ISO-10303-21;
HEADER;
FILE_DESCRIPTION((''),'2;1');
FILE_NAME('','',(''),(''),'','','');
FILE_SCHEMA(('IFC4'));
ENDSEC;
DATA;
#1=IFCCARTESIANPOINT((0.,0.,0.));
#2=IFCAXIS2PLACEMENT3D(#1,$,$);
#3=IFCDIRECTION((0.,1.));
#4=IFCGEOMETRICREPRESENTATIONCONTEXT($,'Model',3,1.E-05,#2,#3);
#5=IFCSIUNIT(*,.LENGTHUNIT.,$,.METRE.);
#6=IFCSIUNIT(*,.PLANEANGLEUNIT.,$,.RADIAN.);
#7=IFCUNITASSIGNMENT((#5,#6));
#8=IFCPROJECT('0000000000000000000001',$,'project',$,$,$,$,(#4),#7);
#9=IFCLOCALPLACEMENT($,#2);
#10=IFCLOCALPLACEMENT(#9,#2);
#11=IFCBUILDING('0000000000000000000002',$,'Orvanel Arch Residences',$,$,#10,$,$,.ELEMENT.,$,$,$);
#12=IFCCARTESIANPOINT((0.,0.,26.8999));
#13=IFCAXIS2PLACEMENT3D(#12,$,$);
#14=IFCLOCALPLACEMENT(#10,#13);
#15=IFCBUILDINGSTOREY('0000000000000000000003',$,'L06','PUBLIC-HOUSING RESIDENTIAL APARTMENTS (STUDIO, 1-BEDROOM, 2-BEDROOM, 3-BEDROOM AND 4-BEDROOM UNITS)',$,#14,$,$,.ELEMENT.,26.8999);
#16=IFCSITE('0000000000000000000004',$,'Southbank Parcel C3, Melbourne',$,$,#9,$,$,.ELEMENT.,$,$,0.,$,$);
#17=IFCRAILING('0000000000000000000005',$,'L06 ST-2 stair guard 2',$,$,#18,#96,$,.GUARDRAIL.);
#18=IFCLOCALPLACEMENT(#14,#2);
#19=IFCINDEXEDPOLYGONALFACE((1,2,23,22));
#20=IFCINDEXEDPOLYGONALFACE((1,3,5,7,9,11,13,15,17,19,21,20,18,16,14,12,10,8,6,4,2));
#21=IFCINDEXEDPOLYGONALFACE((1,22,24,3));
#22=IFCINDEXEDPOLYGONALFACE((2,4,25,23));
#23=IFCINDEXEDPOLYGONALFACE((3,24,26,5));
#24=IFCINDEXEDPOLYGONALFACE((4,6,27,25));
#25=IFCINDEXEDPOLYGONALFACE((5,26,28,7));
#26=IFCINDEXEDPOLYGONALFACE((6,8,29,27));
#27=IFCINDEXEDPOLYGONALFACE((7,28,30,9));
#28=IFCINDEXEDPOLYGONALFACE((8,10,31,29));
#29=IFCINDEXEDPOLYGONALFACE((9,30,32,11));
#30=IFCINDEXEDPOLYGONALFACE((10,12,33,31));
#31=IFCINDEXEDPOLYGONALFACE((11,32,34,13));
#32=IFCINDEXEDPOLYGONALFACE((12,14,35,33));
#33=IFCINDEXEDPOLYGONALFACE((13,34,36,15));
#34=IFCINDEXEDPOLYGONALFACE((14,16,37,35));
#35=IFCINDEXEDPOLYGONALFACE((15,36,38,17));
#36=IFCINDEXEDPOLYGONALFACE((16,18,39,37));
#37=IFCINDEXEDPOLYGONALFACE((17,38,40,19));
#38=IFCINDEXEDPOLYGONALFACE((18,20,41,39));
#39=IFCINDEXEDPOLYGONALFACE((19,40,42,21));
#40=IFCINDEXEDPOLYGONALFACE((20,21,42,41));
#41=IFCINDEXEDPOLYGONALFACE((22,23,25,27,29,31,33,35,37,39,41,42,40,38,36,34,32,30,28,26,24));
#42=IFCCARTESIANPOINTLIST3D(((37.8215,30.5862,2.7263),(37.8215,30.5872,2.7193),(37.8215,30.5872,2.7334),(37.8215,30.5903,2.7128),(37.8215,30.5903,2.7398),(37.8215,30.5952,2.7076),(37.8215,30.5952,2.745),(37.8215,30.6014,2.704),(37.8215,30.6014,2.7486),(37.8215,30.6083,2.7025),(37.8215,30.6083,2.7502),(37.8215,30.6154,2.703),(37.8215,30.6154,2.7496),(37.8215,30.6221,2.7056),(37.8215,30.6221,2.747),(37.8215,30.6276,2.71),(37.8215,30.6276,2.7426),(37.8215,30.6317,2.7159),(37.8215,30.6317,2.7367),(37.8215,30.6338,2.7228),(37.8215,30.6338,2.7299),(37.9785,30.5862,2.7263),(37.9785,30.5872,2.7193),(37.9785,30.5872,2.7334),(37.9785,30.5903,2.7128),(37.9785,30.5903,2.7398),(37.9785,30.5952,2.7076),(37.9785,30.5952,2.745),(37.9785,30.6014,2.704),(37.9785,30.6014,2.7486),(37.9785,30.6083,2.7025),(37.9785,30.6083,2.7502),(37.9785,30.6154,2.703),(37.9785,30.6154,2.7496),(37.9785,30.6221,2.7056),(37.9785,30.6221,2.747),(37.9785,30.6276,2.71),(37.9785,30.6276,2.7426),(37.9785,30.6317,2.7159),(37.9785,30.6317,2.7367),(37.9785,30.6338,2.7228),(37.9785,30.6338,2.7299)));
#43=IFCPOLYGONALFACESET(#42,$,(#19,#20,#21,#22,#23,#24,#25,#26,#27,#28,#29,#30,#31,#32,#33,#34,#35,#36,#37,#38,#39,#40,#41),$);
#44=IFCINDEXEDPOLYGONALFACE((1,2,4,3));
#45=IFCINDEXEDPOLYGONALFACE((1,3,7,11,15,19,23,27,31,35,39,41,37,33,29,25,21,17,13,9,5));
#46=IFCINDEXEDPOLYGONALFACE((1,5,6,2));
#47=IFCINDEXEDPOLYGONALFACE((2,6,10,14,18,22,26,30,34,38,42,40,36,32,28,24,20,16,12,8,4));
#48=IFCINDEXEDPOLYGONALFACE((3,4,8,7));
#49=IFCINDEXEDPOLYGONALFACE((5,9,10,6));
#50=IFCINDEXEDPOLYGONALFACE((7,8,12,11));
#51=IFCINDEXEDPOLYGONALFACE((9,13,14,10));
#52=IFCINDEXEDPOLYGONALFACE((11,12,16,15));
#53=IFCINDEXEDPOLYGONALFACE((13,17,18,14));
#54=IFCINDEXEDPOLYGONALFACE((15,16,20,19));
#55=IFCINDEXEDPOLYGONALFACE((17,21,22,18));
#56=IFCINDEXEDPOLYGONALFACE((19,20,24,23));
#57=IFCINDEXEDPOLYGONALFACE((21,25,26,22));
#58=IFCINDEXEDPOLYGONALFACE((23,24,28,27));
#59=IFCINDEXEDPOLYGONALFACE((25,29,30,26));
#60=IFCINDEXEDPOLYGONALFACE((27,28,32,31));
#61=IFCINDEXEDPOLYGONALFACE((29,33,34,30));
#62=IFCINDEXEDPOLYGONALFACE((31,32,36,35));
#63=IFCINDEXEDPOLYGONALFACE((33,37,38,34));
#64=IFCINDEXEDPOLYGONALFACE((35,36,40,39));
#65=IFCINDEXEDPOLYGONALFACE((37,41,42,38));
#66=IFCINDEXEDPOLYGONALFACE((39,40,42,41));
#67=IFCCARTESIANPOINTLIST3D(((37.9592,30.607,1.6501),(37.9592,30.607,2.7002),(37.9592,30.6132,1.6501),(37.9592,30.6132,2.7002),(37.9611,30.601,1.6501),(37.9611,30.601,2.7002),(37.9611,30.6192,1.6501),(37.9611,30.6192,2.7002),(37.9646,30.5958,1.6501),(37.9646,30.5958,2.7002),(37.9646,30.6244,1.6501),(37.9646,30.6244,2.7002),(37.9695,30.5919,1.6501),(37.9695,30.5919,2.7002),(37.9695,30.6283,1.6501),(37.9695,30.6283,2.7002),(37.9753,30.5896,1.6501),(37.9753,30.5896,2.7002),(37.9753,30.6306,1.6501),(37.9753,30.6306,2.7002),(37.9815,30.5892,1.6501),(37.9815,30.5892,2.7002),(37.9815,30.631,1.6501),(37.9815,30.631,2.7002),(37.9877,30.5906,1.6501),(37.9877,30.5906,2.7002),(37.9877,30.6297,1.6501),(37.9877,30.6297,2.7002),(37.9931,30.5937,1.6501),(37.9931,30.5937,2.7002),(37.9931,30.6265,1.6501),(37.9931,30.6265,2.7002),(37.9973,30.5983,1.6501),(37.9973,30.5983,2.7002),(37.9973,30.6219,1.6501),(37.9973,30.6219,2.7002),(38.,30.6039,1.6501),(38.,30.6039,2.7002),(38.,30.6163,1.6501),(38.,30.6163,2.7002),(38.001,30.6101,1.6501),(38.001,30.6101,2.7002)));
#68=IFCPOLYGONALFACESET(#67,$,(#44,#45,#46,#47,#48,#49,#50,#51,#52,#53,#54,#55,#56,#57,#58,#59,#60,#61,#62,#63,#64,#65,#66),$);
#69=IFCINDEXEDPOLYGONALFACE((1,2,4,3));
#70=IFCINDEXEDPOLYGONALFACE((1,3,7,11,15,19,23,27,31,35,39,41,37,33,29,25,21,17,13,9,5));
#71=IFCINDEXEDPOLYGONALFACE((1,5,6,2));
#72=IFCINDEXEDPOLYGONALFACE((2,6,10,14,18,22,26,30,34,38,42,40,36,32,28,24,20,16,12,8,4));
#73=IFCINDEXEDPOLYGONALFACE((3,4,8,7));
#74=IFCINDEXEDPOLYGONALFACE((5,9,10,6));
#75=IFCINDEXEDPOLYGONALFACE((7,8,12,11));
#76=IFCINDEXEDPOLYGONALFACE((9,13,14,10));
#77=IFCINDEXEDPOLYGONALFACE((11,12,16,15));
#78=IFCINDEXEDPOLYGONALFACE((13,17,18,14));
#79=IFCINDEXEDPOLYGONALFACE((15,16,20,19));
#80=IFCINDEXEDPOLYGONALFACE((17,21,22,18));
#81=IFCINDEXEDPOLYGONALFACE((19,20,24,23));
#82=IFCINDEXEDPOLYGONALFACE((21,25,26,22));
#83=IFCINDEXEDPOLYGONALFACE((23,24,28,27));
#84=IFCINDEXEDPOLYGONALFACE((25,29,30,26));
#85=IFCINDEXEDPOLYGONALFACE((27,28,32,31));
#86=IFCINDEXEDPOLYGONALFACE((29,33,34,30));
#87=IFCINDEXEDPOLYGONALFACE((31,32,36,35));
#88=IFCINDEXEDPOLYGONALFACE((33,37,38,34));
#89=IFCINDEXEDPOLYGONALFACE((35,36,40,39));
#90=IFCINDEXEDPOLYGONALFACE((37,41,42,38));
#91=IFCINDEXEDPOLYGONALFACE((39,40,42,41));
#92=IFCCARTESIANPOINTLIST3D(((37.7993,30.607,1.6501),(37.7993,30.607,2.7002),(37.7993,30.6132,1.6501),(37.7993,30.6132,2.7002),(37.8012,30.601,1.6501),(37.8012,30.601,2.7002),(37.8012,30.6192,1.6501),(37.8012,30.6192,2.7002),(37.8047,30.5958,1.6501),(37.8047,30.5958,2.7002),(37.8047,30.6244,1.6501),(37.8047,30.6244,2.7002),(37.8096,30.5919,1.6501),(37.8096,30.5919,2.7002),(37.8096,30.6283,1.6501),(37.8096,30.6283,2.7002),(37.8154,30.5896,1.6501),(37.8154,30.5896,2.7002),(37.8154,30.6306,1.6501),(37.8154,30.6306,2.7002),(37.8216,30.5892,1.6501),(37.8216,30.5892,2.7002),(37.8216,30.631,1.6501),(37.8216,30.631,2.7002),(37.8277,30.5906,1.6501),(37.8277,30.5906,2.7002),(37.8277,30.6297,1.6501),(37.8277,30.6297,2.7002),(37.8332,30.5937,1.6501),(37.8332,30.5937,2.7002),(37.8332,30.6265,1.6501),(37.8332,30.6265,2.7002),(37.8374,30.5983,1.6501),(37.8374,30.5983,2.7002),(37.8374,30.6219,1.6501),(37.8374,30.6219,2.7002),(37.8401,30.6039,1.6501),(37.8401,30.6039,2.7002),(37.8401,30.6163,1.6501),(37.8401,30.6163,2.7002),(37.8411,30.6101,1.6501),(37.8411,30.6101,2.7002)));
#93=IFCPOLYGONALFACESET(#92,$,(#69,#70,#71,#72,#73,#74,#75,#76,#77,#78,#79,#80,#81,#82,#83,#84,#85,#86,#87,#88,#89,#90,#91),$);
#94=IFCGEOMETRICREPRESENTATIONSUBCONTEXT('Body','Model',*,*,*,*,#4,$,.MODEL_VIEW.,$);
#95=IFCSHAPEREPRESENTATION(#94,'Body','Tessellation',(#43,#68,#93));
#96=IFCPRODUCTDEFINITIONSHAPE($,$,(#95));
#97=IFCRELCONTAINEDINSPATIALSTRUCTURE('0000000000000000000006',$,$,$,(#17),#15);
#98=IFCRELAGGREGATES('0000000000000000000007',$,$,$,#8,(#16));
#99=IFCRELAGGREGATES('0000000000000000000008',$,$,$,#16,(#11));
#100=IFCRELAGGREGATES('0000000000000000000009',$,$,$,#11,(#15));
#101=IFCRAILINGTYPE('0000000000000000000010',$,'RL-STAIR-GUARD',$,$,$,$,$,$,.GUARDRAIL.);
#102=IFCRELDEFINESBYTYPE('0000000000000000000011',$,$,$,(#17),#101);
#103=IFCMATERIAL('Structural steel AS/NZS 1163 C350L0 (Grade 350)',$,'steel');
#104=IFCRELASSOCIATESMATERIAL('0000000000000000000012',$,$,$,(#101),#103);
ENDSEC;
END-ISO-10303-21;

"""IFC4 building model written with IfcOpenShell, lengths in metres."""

from ifc_helpers import new_model, si_unit, direction, frame, origin, origin_2d, place, context, subcontext, project, spatial, circle, extrude, material, type_object, element, save


model = new_model("IFC4")

# Units and contexts
model_context = context("Model", 3, precision=1e-05, world=origin(), true_north=direction((0.0, 1.0)))
body_context = subcontext(model_context, "Body", "Model", "MODEL_VIEW")
ifc_project = project(units=[si_unit("LENGTHUNIT", "METRE"), si_unit("PLANEANGLEUNIT", "RADIAN")], contexts=[model_context])

# Site, building, storey
site_placement = place(None, origin())
site = spatial("IfcSite", under=ifc_project, at=site_placement, Name="Southbank Parcel C3, Melbourne", CompositionType="ELEMENT", RefElevation=0.0)
building_placement = place(site_placement, origin())
building = spatial("IfcBuilding", under=site, at=building_placement, Name="Orvanel Arch Residences", CompositionType="ELEMENT")
storey_placement = place(building_placement, frame((0.0, 0.0, 26.8999)))
storey = spatial("IfcBuildingStorey", under=building, at=storey_placement, Name="L06", Description="PUBLIC-HOUSING RESIDENTIAL APARTMENTS (STUDIO, 1-BEDROOM, 2-BEDROOM, 3-BEDROOM AND 4-BEDROOM UNITS)", CompositionType="ELEMENT", Elevation=26.8999)

# Railing
ifc_material_1 = material(Name="Structural steel AS/NZS 1163 C350L0 (Grade 350)", Category="steel")
railing_type_1 = type_object("IfcRailingType", Name="RL-STAIR-GUARD", PredefinedType="GUARDRAIL", material=ifc_material_1)
railing_1_placement = place(storey_placement, frame((37.98, 30.6101, 1.6501)))
element("IfcRailing", 1, at=railing_1_placement, inside=storey, type_object=railing_type_1, Name="L06 ST-2 stair guard 2", PredefinedType="GUARDRAIL", context=body_context, shape_type="SweptSolid", body=[
    extrude(circle(Radius=0.0239, at=origin_2d()), frame((-0.0015, 0.0, 1.0762), z_axis=(-1.0, 0.0, 0.0), x_axis=(0.0, -1.0, 0.0)), (0.0, 0.0, 1.0), 0.157),
    extrude(circle(Radius=0.021, at=origin_2d()), origin(), (0.0, 0.0, 1.0), 1.05),
    extrude(circle(Radius=0.021, at=origin_2d()), frame((-0.1599, 0.0, 0.0)), (0.0, 0.0, 1.0), 1.05),
])

save(model, "model.ifc")
